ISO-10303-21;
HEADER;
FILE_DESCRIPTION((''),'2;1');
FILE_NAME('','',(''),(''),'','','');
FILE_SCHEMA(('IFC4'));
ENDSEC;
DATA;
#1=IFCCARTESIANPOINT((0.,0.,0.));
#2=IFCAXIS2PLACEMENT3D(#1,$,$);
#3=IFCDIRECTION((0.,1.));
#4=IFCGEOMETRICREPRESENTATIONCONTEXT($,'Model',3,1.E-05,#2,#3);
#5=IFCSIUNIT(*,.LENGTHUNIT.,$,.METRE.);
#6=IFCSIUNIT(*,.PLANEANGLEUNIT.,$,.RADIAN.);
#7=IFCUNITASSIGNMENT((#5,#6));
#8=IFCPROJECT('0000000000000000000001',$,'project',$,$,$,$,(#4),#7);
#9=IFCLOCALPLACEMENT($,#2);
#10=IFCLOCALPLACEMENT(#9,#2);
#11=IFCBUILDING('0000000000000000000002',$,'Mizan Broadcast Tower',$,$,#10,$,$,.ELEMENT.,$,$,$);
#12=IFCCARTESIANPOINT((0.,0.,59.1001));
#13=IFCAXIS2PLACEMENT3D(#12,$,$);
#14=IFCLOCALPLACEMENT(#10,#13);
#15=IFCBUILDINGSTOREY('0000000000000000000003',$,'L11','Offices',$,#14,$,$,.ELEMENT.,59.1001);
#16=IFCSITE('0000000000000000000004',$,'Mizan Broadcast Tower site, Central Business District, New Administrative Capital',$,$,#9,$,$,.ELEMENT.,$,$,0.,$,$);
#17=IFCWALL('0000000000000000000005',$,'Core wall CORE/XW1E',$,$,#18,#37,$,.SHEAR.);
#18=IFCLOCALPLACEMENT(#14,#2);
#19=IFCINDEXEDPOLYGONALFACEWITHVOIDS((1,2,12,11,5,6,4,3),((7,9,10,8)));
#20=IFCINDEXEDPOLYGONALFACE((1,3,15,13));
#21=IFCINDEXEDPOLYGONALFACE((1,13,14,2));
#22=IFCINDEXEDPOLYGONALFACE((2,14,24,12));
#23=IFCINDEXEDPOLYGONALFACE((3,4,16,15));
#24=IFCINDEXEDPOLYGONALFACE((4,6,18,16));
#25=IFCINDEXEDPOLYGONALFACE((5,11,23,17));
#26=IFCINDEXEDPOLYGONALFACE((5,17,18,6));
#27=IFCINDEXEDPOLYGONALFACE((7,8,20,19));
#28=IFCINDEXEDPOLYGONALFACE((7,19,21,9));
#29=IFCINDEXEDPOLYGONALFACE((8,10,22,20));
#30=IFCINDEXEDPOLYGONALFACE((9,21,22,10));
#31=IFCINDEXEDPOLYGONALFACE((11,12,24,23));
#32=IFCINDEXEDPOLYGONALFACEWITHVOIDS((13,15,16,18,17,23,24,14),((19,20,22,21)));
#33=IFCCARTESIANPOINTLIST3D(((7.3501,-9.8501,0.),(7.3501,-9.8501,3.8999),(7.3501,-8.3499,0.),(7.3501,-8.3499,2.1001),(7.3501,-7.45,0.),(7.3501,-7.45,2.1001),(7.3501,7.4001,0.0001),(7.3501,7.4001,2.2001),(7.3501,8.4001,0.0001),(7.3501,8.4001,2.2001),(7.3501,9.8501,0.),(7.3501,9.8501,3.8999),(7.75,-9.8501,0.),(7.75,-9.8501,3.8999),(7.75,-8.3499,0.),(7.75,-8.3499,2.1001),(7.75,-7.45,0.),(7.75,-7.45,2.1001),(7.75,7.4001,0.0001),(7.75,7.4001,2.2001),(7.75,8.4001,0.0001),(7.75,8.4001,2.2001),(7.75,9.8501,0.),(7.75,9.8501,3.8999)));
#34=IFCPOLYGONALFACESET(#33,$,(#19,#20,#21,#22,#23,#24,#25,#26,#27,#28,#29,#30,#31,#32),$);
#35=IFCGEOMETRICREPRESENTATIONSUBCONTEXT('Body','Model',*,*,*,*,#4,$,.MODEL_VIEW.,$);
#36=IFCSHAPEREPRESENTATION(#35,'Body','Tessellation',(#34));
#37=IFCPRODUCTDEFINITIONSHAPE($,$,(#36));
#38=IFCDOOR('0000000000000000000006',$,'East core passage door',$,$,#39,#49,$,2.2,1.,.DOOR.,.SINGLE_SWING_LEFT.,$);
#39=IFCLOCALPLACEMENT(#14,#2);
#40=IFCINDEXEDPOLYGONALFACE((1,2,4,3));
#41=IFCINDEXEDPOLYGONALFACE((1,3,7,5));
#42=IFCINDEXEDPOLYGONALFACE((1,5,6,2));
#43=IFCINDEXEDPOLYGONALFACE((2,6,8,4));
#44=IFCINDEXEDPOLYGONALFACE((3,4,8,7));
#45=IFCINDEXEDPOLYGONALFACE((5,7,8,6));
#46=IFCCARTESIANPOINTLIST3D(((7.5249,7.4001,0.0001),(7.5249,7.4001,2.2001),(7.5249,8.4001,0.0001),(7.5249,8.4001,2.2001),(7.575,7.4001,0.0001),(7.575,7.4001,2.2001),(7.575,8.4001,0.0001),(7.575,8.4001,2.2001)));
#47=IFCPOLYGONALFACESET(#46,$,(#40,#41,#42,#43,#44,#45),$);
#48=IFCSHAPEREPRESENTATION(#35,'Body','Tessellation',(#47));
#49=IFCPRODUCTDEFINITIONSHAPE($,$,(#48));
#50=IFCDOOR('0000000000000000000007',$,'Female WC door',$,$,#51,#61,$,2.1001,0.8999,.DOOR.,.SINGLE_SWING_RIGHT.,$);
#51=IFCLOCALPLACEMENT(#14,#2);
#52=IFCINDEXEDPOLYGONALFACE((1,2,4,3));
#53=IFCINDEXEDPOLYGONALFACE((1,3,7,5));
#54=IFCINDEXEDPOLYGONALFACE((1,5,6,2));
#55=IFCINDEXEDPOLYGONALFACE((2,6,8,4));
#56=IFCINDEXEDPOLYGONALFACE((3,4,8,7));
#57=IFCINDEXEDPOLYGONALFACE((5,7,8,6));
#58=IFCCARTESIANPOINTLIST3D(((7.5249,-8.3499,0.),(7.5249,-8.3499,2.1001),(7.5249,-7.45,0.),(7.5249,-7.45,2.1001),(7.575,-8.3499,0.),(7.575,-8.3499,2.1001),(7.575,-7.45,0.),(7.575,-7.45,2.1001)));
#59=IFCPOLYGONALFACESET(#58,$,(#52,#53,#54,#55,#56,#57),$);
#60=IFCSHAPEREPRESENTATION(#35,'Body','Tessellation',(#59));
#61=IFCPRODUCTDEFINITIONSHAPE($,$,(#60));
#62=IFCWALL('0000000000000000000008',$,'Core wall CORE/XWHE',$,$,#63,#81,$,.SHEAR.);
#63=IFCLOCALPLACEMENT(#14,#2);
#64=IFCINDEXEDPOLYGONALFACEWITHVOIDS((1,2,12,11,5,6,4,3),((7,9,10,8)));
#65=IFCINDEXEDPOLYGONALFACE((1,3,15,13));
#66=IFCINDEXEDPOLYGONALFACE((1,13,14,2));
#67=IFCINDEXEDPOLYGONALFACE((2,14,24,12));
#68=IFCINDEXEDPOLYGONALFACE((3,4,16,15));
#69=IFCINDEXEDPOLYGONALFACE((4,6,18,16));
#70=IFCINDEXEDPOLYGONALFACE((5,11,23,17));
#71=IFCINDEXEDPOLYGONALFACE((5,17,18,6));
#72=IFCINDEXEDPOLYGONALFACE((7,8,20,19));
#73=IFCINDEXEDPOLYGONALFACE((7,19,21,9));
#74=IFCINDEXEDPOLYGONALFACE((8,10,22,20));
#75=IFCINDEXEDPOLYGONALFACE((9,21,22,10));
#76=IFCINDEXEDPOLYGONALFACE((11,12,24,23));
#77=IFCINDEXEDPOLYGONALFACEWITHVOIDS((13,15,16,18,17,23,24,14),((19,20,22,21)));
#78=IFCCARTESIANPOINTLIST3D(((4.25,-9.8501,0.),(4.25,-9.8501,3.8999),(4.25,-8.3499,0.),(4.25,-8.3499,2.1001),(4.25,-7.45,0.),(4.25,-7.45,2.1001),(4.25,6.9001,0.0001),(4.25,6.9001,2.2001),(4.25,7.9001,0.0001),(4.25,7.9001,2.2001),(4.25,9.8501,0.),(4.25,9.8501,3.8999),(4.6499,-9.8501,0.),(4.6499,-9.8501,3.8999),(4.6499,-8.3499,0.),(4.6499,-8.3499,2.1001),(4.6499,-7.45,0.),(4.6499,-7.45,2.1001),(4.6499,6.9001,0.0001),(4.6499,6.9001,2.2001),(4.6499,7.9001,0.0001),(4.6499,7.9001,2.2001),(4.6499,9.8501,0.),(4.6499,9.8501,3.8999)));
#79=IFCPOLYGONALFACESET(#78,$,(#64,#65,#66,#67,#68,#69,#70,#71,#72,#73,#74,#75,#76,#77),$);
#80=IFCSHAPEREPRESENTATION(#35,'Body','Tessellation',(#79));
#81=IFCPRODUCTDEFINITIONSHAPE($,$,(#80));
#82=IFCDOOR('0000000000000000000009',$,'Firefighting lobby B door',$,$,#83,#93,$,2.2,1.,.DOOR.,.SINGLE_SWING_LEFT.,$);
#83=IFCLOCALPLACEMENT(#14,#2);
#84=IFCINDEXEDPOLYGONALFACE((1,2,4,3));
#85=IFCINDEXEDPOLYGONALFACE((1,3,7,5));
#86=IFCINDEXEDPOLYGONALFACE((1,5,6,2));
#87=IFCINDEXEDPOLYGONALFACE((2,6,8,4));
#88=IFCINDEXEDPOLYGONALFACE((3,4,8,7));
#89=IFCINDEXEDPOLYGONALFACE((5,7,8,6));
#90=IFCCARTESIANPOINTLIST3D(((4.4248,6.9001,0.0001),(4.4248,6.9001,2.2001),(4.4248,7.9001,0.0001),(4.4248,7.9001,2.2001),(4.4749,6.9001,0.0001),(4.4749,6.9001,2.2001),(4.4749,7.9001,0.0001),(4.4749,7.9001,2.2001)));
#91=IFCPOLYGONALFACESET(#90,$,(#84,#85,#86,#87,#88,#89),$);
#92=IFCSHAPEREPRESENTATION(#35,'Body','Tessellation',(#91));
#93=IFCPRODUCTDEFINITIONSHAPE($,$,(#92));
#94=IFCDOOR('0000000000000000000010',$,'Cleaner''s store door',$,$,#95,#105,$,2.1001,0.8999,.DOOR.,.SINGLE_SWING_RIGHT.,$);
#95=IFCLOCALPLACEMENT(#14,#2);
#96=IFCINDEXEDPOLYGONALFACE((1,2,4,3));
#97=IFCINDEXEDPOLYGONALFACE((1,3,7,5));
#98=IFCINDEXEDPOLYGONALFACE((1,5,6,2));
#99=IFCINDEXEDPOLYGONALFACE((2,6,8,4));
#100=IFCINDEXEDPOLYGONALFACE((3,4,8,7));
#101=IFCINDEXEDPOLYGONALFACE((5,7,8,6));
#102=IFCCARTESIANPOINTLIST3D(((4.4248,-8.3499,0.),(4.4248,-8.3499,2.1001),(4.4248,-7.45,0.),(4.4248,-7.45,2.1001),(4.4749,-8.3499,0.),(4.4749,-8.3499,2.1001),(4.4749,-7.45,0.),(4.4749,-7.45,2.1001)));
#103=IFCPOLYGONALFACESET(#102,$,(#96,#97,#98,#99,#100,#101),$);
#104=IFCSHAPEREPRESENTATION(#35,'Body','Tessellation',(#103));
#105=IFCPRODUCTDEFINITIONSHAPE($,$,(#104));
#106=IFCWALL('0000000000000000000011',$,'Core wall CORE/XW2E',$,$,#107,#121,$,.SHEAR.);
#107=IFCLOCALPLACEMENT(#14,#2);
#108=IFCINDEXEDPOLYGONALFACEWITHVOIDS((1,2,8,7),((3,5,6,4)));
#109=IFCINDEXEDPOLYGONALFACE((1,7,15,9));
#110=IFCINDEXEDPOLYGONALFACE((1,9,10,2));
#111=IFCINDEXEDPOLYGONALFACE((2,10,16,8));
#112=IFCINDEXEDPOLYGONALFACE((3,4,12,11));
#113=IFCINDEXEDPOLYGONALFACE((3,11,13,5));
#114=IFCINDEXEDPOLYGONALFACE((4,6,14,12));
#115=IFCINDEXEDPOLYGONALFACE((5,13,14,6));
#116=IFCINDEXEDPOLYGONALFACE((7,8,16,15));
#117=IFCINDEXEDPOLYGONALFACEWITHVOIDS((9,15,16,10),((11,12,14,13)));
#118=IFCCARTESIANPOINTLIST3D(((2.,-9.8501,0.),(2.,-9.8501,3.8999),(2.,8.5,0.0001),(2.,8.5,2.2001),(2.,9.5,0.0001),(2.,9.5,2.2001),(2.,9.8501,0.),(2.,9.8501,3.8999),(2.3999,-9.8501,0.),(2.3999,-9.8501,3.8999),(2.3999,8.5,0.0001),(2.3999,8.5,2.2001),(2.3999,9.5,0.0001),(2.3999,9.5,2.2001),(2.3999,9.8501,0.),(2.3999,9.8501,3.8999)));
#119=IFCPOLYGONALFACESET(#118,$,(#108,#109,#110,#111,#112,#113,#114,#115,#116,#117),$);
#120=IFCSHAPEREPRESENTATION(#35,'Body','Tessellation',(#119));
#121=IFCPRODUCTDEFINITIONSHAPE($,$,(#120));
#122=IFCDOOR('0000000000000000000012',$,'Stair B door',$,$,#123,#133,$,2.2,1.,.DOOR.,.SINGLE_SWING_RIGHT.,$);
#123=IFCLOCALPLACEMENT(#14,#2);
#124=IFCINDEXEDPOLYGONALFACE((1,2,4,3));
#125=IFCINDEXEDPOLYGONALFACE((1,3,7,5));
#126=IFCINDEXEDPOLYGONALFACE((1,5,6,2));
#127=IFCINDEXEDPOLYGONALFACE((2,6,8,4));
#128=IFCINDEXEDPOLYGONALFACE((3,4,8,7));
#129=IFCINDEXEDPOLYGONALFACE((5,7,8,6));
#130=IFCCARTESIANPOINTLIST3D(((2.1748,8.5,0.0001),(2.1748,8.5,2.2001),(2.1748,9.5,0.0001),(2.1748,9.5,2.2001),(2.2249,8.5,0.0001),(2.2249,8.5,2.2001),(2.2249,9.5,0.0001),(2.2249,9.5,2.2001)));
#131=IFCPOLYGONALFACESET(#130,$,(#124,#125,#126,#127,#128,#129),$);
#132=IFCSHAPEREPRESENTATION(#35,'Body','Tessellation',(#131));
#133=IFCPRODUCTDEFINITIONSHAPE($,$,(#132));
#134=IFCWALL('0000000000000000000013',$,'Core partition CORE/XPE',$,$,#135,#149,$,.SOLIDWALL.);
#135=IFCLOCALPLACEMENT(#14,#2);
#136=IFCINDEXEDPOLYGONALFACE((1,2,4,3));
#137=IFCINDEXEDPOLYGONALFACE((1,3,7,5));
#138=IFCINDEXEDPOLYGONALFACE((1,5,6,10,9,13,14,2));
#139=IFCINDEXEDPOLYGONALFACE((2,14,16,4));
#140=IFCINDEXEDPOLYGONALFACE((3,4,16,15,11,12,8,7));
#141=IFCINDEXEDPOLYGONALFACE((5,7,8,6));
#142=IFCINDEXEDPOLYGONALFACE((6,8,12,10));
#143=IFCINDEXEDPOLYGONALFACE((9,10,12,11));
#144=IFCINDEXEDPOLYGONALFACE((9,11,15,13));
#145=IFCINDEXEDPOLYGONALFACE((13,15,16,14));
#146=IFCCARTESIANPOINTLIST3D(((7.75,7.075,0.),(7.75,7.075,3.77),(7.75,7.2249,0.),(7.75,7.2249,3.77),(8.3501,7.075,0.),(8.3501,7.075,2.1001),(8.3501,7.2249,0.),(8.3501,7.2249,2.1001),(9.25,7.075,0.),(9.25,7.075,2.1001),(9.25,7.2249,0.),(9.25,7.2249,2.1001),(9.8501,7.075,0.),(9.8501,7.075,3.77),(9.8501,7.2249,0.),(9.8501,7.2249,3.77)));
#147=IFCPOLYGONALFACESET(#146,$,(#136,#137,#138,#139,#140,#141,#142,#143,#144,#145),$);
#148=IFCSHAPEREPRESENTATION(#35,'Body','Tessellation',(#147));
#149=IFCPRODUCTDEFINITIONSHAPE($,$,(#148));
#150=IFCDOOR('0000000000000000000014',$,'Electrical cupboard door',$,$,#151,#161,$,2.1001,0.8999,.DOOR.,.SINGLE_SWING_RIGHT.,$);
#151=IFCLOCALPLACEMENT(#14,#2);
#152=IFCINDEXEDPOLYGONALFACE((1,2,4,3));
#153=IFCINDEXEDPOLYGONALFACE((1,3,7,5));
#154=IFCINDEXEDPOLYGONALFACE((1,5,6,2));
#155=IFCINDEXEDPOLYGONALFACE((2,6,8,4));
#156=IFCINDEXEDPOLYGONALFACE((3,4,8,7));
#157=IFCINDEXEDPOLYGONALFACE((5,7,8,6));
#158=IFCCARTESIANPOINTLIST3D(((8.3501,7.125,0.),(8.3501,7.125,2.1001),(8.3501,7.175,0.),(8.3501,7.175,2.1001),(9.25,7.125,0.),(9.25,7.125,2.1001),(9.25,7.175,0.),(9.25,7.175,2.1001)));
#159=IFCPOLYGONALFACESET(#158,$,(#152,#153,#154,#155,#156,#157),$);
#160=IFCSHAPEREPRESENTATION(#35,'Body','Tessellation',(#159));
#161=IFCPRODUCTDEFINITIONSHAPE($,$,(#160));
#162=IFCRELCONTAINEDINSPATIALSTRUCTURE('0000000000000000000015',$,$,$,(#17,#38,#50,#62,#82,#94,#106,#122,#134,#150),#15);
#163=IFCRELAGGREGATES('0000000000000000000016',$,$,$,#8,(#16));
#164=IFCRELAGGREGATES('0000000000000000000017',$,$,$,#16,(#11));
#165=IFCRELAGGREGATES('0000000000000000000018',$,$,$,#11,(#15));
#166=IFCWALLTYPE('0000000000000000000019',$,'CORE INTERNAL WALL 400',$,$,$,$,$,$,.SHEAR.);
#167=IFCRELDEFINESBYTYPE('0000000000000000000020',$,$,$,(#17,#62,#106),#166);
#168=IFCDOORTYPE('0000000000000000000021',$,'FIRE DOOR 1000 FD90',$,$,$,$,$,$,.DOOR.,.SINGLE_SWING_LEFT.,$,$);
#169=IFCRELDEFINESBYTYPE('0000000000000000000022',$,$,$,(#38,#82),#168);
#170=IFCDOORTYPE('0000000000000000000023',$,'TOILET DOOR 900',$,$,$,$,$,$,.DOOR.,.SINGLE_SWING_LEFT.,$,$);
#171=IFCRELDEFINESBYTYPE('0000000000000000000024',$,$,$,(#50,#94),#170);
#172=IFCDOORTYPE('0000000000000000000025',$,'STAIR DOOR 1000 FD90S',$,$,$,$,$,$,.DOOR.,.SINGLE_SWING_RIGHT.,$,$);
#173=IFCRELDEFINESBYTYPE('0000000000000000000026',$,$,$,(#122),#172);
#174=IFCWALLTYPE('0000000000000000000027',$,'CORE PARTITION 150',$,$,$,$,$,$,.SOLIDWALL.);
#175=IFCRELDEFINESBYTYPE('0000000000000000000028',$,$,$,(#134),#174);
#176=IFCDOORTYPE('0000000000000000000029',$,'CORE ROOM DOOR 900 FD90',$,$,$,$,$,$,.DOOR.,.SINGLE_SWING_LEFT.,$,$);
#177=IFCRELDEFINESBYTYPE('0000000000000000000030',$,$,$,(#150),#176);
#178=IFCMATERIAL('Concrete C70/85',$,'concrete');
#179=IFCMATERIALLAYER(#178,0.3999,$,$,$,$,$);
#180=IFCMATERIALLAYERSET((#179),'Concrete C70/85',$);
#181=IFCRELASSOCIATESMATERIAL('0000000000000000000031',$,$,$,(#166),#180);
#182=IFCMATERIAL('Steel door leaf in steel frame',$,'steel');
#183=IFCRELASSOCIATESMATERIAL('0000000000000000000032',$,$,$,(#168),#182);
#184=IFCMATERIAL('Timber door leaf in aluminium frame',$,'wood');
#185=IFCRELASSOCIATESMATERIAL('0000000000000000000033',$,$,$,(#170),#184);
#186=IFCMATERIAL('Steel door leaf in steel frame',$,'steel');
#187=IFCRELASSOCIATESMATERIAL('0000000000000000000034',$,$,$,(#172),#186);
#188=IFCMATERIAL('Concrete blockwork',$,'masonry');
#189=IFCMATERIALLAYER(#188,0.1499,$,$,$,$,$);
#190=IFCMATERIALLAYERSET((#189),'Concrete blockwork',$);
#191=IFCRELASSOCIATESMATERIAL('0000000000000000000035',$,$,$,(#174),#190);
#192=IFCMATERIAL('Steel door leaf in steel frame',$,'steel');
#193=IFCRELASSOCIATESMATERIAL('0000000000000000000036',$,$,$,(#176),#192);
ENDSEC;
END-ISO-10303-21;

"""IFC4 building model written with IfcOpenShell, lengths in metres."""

from ifc_helpers import new_model, si_unit, direction, frame, frame_2d, origin, place, context, subcontext, project, spatial, rectangle, extrude, material, layer, layer_set, type_object, element, fill, save


model = new_model("IFC4")

# Units and contexts
model_context = context("Model", 3, precision=1e-05, world=origin(), true_north=direction((0.0, 1.0)))
body_context = subcontext(model_context, "Body", "Model", "MODEL_VIEW")
ifc_project = project(units=[si_unit("LENGTHUNIT", "METRE"), si_unit("PLANEANGLEUNIT", "RADIAN")], contexts=[model_context])

# Site, building, storey
site_placement = place(None, origin())
site = spatial("IfcSite", under=ifc_project, at=site_placement, Name="Mizan Broadcast Tower site, Central Business District, New Administrative Capital", CompositionType="ELEMENT", RefElevation=0.0)
building_placement = place(site_placement, origin())
building = spatial("IfcBuilding", under=site, at=building_placement, Name="Mizan Broadcast Tower", CompositionType="ELEMENT")
storey_placement = place(building_placement, frame((0.0, 0.0, 59.1001)))
storey = spatial("IfcBuildingStorey", under=building, at=storey_placement, Name="L11", Description="Offices", CompositionType="ELEMENT", Elevation=59.1001)

# Walls, openings, doors
ifc_material_1 = material(Name="Concrete C70/85", Category="concrete")
ifc_layer_1 = layer(ifc_material_1, 0.3999)
ifc_layer_set_1 = layer_set([ifc_layer_1], Name="Concrete C70/85")
wall_type_1 = type_object("IfcWallType", Name="CORE INTERNAL WALL 400", PredefinedType="SHEAR", material=ifc_layer_set_1)
wall_1_placement = place(storey_placement, frame((7.55, 9.8501, 0.0), z_axis=(0.0, 0.0, 1.0), x_axis=(0.0, -1.0, 0.0)))
wall_1 = element("IfcWall", 1, at=wall_1_placement, inside=storey, type_object=wall_type_1, Name="Core wall CORE/XW1E", PredefinedType="SHEAR", context=body_context, shape_type="SweptSolid", body=[
    extrude(rectangle(XDim=19.7002, YDim=0.3999, at=frame_2d((9.8501, 0.0))), origin(), (0.0, 0.0, 1.0), 3.8999),
])
opening_1_placement = place(wall_1_placement, frame((1.45, 0.0, 0.0)))
opening_1 = element("IfcOpeningElement", 2, at=opening_1_placement, cuts=wall_1, PredefinedType="OPENING", context=body_context, shape_type="SweptSolid", body=[
    extrude(rectangle(XDim=1.0, YDim=2.2, at=frame_2d((0.5, 1.1001))), frame((0.0, 0.21, 0.0), z_axis=(0.0, -1.0, 0.0), x_axis=(1.0, 0.0, 0.0)), (0.0, 0.0, 1.0), 0.4199),
])
opening_2_placement = place(wall_1_placement, frame((17.3, 0.0, 0.0)))
opening_2 = element("IfcOpeningElement", 3, at=opening_2_placement, cuts=wall_1, PredefinedType="OPENING", context=body_context, shape_type="SweptSolid", body=[
    extrude(rectangle(XDim=0.8999, YDim=2.1001, at=frame_2d((0.45, 1.05))), frame((0.0, 0.21, 0.0), z_axis=(0.0, -1.0, 0.0), x_axis=(1.0, 0.0, 0.0)), (0.0, 0.0, 1.0), 0.4199),
])
ifc_material_2 = material(Name="Steel door leaf in steel frame", Category="steel")
door_type_1 = type_object("IfcDoorType", Name="FIRE DOOR 1000 FD90", OperationType="SINGLE_SWING_LEFT", PredefinedType="DOOR", material=ifc_material_2)
door_1_placement = place(opening_1_placement, origin())
door_1 = element("IfcDoor", 4, at=door_1_placement, inside=storey, type_object=door_type_1, Name="East core passage door", OperationType="SINGLE_SWING_LEFT", OverallHeight=2.2, OverallWidth=1.0, PredefinedType="DOOR", context=body_context, shape_type="SweptSolid", body=[
    extrude(rectangle(XDim=1.0, YDim=2.2, at=frame_2d((0.5, 1.1001))), frame((0.0, 0.0249, 0.0), z_axis=(0.0, -1.0, 0.0), x_axis=(1.0, 0.0, 0.0)), (0.0, 0.0, 1.0), 0.05),
])
fill(opening_1, door_1)
ifc_material_3 = material(Name="Timber door leaf in aluminium frame", Category="wood")
door_type_2 = type_object("IfcDoorType", Name="TOILET DOOR 900", OperationType="SINGLE_SWING_LEFT", PredefinedType="DOOR", material=ifc_material_3)
door_2_placement = place(opening_2_placement, origin())
door_2 = element("IfcDoor", 5, at=door_2_placement, inside=storey, type_object=door_type_2, Name="Female WC door", OperationType="SINGLE_SWING_RIGHT", OverallHeight=2.1001, OverallWidth=0.8999, PredefinedType="DOOR", context=body_context, shape_type="SweptSolid", body=[
    extrude(rectangle(XDim=0.8999, YDim=2.1001, at=frame_2d((0.45, 1.05))), frame((0.0, 0.0249, 0.0), z_axis=(0.0, -1.0, 0.0), x_axis=(1.0, 0.0, 0.0)), (0.0, 0.0, 1.0), 0.05),
])
fill(opening_2, door_2)
wall_2_placement = place(storey_placement, frame((4.45, 9.8501, 0.0), z_axis=(0.0, 0.0, 1.0), x_axis=(0.0, -1.0, 0.0)))
wall_2 = element("IfcWall", 6, at=wall_2_placement, inside=storey, type_object=wall_type_1, Name="Core wall CORE/XWHE", PredefinedType="SHEAR", context=body_context, shape_type="SweptSolid", body=[
    extrude(rectangle(XDim=19.7002, YDim=0.3999, at=frame_2d((9.8501, 0.0))), origin(), (0.0, 0.0, 1.0), 3.8999),
])
opening_3_placement = place(wall_2_placement, frame((1.95, 0.0, 0.0)))
opening_3 = element("IfcOpeningElement", 7, at=opening_3_placement, cuts=wall_2, PredefinedType="OPENING", context=body_context, shape_type="SweptSolid", body=[
    extrude(rectangle(XDim=1.0, YDim=2.2, at=frame_2d((0.5, 1.1001))), frame((0.0, 0.21, 0.0), z_axis=(0.0, -1.0, 0.0), x_axis=(1.0, 0.0, 0.0)), (0.0, 0.0, 1.0), 0.4199),
])
opening_4_placement = place(wall_2_placement, frame((17.3, 0.0, 0.0)))
opening_4 = element("IfcOpeningElement", 8, at=opening_4_placement, cuts=wall_2, PredefinedType="OPENING", context=body_context, shape_type="SweptSolid", body=[
    extrude(rectangle(XDim=0.8999, YDim=2.1001, at=frame_2d((0.45, 1.05))), frame((0.0, 0.21, 0.0), z_axis=(0.0, -1.0, 0.0), x_axis=(1.0, 0.0, 0.0)), (0.0, 0.0, 1.0), 0.4199),
])
door_3_placement = place(opening_3_placement, origin())
door_3 = element("IfcDoor", 9, at=door_3_placement, inside=storey, type_object=door_type_1, Name="Firefighting lobby B door", OperationType="SINGLE_SWING_LEFT", OverallHeight=2.2, OverallWidth=1.0, PredefinedType="DOOR", context=body_context, shape_type="SweptSolid", body=[
    extrude(rectangle(XDim=1.0, YDim=2.2, at=frame_2d((0.5, 1.1001))), frame((0.0, 0.0249, 0.0), z_axis=(0.0, -1.0, 0.0), x_axis=(1.0, 0.0, 0.0)), (0.0, 0.0, 1.0), 0.05),
])
fill(opening_3, door_3)
door_4_placement = place(opening_4_placement, origin())
door_4 = element("IfcDoor", 10, at=door_4_placement, inside=storey, type_object=door_type_2, Name="Cleaner's store door", OperationType="SINGLE_SWING_RIGHT", OverallHeight=2.1001, OverallWidth=0.8999, PredefinedType="DOOR", context=body_context, shape_type="SweptSolid", body=[
    extrude(rectangle(XDim=0.8999, YDim=2.1001, at=frame_2d((0.45, 1.05))), frame((0.0, 0.0249, 0.0), z_axis=(0.0, -1.0, 0.0), x_axis=(1.0, 0.0, 0.0)), (0.0, 0.0, 1.0), 0.05),
])
fill(opening_4, door_4)

# Walls, openings, doors
wall_3_placement = place(storey_placement, frame((2.2, 9.8501, 0.0), z_axis=(0.0, 0.0, 1.0), x_axis=(0.0, -1.0, 0.0)))
wall_3 = element("IfcWall", 11, at=wall_3_placement, inside=storey, type_object=wall_type_1, Name="Core wall CORE/XW2E", PredefinedType="SHEAR", context=body_context, shape_type="SweptSolid", body=[
    extrude(rectangle(XDim=19.7002, YDim=0.3999, at=frame_2d((9.8501, 0.0))), origin(), (0.0, 0.0, 1.0), 3.8999),
])
opening_5_placement = place(wall_3_placement, frame((0.3501, 0.0, 0.0)))
opening_5 = element("IfcOpeningElement", 12, at=opening_5_placement, cuts=wall_3, PredefinedType="OPENING", context=body_context, shape_type="SweptSolid", body=[
    extrude(rectangle(XDim=1.0, YDim=2.2, at=frame_2d((0.5, 1.1001))), frame((0.0, 0.21, 0.0), z_axis=(0.0, -1.0, 0.0), x_axis=(1.0, 0.0, 0.0)), (0.0, 0.0, 1.0), 0.4199),
])
ifc_material_4 = material(Name="Steel door leaf in steel frame", Category="steel")
door_type_3 = type_object("IfcDoorType", Name="STAIR DOOR 1000 FD90S", OperationType="SINGLE_SWING_RIGHT", PredefinedType="DOOR", material=ifc_material_4)
door_5_placement = place(opening_5_placement, origin())
door_5 = element("IfcDoor", 13, at=door_5_placement, inside=storey, type_object=door_type_3, Name="Stair B door", OperationType="SINGLE_SWING_RIGHT", OverallHeight=2.2, OverallWidth=1.0, PredefinedType="DOOR", context=body_context, shape_type="SweptSolid", body=[
    extrude(rectangle(XDim=1.0, YDim=2.2, at=frame_2d((0.5, 1.1001))), frame((0.0, 0.0249, 0.0), z_axis=(0.0, -1.0, 0.0), x_axis=(1.0, 0.0, 0.0)), (0.0, 0.0, 1.0), 0.05),
])
fill(opening_5, door_5)
ifc_material_5 = material(Name="Concrete blockwork", Category="masonry")
ifc_layer_2 = layer(ifc_material_5, 0.1499)
ifc_layer_set_2 = layer_set([ifc_layer_2], Name="Concrete blockwork")
wall_type_2 = type_object("IfcWallType", Name="CORE PARTITION 150", PredefinedType="SOLIDWALL", material=ifc_layer_set_2)
wall_4_placement = place(storey_placement, frame((9.8501, 7.1499, 0.0), z_axis=(0.0, 0.0, 1.0), x_axis=(-1.0, 0.0, 0.0)))
wall_4 = element("IfcWall", 14, at=wall_4_placement, inside=storey, type_object=wall_type_2, Name="Core partition CORE/XPE", PredefinedType="SOLIDWALL", context=body_context, shape_type="SweptSolid", body=[
    extrude(rectangle(XDim=2.1001, YDim=0.1499, at=frame_2d((1.05, 0.0))), origin(), (0.0, 0.0, 1.0), 3.77),
])
opening_6_placement = place(wall_4_placement, frame((0.6001, 0.0, 0.0)))
opening_6 = element("IfcOpeningElement", 15, at=opening_6_placement, cuts=wall_4, PredefinedType="OPENING", context=body_context, shape_type="SweptSolid", body=[
    extrude(rectangle(XDim=0.8999, YDim=2.1001, at=frame_2d((0.45, 1.05))), frame((0.0, 0.085, 0.0), z_axis=(0.0, -1.0, 0.0), x_axis=(1.0, 0.0, 0.0)), (0.0, 0.0, 1.0), 0.1699),
])
ifc_material_6 = material(Name="Steel door leaf in steel frame", Category="steel")
door_type_4 = type_object("IfcDoorType", Name="CORE ROOM DOOR 900 FD90", OperationType="SINGLE_SWING_LEFT", PredefinedType="DOOR", material=ifc_material_6)
door_6_placement = place(opening_6_placement, origin())
door_6 = element("IfcDoor", 16, at=door_6_placement, inside=storey, type_object=door_type_4, Name="Electrical cupboard door", OperationType="SINGLE_SWING_RIGHT", OverallHeight=2.1001, OverallWidth=0.8999, PredefinedType="DOOR", context=body_context, shape_type="SweptSolid", body=[
    extrude(rectangle(XDim=0.8999, YDim=2.1001, at=frame_2d((0.45, 1.05))), frame((0.0, 0.0249, 0.0), z_axis=(0.0, -1.0, 0.0), x_axis=(1.0, 0.0, 0.0)), (0.0, 0.0, 1.0), 0.05),
])
fill(opening_6, door_6)

save(model, "model.ifc")
